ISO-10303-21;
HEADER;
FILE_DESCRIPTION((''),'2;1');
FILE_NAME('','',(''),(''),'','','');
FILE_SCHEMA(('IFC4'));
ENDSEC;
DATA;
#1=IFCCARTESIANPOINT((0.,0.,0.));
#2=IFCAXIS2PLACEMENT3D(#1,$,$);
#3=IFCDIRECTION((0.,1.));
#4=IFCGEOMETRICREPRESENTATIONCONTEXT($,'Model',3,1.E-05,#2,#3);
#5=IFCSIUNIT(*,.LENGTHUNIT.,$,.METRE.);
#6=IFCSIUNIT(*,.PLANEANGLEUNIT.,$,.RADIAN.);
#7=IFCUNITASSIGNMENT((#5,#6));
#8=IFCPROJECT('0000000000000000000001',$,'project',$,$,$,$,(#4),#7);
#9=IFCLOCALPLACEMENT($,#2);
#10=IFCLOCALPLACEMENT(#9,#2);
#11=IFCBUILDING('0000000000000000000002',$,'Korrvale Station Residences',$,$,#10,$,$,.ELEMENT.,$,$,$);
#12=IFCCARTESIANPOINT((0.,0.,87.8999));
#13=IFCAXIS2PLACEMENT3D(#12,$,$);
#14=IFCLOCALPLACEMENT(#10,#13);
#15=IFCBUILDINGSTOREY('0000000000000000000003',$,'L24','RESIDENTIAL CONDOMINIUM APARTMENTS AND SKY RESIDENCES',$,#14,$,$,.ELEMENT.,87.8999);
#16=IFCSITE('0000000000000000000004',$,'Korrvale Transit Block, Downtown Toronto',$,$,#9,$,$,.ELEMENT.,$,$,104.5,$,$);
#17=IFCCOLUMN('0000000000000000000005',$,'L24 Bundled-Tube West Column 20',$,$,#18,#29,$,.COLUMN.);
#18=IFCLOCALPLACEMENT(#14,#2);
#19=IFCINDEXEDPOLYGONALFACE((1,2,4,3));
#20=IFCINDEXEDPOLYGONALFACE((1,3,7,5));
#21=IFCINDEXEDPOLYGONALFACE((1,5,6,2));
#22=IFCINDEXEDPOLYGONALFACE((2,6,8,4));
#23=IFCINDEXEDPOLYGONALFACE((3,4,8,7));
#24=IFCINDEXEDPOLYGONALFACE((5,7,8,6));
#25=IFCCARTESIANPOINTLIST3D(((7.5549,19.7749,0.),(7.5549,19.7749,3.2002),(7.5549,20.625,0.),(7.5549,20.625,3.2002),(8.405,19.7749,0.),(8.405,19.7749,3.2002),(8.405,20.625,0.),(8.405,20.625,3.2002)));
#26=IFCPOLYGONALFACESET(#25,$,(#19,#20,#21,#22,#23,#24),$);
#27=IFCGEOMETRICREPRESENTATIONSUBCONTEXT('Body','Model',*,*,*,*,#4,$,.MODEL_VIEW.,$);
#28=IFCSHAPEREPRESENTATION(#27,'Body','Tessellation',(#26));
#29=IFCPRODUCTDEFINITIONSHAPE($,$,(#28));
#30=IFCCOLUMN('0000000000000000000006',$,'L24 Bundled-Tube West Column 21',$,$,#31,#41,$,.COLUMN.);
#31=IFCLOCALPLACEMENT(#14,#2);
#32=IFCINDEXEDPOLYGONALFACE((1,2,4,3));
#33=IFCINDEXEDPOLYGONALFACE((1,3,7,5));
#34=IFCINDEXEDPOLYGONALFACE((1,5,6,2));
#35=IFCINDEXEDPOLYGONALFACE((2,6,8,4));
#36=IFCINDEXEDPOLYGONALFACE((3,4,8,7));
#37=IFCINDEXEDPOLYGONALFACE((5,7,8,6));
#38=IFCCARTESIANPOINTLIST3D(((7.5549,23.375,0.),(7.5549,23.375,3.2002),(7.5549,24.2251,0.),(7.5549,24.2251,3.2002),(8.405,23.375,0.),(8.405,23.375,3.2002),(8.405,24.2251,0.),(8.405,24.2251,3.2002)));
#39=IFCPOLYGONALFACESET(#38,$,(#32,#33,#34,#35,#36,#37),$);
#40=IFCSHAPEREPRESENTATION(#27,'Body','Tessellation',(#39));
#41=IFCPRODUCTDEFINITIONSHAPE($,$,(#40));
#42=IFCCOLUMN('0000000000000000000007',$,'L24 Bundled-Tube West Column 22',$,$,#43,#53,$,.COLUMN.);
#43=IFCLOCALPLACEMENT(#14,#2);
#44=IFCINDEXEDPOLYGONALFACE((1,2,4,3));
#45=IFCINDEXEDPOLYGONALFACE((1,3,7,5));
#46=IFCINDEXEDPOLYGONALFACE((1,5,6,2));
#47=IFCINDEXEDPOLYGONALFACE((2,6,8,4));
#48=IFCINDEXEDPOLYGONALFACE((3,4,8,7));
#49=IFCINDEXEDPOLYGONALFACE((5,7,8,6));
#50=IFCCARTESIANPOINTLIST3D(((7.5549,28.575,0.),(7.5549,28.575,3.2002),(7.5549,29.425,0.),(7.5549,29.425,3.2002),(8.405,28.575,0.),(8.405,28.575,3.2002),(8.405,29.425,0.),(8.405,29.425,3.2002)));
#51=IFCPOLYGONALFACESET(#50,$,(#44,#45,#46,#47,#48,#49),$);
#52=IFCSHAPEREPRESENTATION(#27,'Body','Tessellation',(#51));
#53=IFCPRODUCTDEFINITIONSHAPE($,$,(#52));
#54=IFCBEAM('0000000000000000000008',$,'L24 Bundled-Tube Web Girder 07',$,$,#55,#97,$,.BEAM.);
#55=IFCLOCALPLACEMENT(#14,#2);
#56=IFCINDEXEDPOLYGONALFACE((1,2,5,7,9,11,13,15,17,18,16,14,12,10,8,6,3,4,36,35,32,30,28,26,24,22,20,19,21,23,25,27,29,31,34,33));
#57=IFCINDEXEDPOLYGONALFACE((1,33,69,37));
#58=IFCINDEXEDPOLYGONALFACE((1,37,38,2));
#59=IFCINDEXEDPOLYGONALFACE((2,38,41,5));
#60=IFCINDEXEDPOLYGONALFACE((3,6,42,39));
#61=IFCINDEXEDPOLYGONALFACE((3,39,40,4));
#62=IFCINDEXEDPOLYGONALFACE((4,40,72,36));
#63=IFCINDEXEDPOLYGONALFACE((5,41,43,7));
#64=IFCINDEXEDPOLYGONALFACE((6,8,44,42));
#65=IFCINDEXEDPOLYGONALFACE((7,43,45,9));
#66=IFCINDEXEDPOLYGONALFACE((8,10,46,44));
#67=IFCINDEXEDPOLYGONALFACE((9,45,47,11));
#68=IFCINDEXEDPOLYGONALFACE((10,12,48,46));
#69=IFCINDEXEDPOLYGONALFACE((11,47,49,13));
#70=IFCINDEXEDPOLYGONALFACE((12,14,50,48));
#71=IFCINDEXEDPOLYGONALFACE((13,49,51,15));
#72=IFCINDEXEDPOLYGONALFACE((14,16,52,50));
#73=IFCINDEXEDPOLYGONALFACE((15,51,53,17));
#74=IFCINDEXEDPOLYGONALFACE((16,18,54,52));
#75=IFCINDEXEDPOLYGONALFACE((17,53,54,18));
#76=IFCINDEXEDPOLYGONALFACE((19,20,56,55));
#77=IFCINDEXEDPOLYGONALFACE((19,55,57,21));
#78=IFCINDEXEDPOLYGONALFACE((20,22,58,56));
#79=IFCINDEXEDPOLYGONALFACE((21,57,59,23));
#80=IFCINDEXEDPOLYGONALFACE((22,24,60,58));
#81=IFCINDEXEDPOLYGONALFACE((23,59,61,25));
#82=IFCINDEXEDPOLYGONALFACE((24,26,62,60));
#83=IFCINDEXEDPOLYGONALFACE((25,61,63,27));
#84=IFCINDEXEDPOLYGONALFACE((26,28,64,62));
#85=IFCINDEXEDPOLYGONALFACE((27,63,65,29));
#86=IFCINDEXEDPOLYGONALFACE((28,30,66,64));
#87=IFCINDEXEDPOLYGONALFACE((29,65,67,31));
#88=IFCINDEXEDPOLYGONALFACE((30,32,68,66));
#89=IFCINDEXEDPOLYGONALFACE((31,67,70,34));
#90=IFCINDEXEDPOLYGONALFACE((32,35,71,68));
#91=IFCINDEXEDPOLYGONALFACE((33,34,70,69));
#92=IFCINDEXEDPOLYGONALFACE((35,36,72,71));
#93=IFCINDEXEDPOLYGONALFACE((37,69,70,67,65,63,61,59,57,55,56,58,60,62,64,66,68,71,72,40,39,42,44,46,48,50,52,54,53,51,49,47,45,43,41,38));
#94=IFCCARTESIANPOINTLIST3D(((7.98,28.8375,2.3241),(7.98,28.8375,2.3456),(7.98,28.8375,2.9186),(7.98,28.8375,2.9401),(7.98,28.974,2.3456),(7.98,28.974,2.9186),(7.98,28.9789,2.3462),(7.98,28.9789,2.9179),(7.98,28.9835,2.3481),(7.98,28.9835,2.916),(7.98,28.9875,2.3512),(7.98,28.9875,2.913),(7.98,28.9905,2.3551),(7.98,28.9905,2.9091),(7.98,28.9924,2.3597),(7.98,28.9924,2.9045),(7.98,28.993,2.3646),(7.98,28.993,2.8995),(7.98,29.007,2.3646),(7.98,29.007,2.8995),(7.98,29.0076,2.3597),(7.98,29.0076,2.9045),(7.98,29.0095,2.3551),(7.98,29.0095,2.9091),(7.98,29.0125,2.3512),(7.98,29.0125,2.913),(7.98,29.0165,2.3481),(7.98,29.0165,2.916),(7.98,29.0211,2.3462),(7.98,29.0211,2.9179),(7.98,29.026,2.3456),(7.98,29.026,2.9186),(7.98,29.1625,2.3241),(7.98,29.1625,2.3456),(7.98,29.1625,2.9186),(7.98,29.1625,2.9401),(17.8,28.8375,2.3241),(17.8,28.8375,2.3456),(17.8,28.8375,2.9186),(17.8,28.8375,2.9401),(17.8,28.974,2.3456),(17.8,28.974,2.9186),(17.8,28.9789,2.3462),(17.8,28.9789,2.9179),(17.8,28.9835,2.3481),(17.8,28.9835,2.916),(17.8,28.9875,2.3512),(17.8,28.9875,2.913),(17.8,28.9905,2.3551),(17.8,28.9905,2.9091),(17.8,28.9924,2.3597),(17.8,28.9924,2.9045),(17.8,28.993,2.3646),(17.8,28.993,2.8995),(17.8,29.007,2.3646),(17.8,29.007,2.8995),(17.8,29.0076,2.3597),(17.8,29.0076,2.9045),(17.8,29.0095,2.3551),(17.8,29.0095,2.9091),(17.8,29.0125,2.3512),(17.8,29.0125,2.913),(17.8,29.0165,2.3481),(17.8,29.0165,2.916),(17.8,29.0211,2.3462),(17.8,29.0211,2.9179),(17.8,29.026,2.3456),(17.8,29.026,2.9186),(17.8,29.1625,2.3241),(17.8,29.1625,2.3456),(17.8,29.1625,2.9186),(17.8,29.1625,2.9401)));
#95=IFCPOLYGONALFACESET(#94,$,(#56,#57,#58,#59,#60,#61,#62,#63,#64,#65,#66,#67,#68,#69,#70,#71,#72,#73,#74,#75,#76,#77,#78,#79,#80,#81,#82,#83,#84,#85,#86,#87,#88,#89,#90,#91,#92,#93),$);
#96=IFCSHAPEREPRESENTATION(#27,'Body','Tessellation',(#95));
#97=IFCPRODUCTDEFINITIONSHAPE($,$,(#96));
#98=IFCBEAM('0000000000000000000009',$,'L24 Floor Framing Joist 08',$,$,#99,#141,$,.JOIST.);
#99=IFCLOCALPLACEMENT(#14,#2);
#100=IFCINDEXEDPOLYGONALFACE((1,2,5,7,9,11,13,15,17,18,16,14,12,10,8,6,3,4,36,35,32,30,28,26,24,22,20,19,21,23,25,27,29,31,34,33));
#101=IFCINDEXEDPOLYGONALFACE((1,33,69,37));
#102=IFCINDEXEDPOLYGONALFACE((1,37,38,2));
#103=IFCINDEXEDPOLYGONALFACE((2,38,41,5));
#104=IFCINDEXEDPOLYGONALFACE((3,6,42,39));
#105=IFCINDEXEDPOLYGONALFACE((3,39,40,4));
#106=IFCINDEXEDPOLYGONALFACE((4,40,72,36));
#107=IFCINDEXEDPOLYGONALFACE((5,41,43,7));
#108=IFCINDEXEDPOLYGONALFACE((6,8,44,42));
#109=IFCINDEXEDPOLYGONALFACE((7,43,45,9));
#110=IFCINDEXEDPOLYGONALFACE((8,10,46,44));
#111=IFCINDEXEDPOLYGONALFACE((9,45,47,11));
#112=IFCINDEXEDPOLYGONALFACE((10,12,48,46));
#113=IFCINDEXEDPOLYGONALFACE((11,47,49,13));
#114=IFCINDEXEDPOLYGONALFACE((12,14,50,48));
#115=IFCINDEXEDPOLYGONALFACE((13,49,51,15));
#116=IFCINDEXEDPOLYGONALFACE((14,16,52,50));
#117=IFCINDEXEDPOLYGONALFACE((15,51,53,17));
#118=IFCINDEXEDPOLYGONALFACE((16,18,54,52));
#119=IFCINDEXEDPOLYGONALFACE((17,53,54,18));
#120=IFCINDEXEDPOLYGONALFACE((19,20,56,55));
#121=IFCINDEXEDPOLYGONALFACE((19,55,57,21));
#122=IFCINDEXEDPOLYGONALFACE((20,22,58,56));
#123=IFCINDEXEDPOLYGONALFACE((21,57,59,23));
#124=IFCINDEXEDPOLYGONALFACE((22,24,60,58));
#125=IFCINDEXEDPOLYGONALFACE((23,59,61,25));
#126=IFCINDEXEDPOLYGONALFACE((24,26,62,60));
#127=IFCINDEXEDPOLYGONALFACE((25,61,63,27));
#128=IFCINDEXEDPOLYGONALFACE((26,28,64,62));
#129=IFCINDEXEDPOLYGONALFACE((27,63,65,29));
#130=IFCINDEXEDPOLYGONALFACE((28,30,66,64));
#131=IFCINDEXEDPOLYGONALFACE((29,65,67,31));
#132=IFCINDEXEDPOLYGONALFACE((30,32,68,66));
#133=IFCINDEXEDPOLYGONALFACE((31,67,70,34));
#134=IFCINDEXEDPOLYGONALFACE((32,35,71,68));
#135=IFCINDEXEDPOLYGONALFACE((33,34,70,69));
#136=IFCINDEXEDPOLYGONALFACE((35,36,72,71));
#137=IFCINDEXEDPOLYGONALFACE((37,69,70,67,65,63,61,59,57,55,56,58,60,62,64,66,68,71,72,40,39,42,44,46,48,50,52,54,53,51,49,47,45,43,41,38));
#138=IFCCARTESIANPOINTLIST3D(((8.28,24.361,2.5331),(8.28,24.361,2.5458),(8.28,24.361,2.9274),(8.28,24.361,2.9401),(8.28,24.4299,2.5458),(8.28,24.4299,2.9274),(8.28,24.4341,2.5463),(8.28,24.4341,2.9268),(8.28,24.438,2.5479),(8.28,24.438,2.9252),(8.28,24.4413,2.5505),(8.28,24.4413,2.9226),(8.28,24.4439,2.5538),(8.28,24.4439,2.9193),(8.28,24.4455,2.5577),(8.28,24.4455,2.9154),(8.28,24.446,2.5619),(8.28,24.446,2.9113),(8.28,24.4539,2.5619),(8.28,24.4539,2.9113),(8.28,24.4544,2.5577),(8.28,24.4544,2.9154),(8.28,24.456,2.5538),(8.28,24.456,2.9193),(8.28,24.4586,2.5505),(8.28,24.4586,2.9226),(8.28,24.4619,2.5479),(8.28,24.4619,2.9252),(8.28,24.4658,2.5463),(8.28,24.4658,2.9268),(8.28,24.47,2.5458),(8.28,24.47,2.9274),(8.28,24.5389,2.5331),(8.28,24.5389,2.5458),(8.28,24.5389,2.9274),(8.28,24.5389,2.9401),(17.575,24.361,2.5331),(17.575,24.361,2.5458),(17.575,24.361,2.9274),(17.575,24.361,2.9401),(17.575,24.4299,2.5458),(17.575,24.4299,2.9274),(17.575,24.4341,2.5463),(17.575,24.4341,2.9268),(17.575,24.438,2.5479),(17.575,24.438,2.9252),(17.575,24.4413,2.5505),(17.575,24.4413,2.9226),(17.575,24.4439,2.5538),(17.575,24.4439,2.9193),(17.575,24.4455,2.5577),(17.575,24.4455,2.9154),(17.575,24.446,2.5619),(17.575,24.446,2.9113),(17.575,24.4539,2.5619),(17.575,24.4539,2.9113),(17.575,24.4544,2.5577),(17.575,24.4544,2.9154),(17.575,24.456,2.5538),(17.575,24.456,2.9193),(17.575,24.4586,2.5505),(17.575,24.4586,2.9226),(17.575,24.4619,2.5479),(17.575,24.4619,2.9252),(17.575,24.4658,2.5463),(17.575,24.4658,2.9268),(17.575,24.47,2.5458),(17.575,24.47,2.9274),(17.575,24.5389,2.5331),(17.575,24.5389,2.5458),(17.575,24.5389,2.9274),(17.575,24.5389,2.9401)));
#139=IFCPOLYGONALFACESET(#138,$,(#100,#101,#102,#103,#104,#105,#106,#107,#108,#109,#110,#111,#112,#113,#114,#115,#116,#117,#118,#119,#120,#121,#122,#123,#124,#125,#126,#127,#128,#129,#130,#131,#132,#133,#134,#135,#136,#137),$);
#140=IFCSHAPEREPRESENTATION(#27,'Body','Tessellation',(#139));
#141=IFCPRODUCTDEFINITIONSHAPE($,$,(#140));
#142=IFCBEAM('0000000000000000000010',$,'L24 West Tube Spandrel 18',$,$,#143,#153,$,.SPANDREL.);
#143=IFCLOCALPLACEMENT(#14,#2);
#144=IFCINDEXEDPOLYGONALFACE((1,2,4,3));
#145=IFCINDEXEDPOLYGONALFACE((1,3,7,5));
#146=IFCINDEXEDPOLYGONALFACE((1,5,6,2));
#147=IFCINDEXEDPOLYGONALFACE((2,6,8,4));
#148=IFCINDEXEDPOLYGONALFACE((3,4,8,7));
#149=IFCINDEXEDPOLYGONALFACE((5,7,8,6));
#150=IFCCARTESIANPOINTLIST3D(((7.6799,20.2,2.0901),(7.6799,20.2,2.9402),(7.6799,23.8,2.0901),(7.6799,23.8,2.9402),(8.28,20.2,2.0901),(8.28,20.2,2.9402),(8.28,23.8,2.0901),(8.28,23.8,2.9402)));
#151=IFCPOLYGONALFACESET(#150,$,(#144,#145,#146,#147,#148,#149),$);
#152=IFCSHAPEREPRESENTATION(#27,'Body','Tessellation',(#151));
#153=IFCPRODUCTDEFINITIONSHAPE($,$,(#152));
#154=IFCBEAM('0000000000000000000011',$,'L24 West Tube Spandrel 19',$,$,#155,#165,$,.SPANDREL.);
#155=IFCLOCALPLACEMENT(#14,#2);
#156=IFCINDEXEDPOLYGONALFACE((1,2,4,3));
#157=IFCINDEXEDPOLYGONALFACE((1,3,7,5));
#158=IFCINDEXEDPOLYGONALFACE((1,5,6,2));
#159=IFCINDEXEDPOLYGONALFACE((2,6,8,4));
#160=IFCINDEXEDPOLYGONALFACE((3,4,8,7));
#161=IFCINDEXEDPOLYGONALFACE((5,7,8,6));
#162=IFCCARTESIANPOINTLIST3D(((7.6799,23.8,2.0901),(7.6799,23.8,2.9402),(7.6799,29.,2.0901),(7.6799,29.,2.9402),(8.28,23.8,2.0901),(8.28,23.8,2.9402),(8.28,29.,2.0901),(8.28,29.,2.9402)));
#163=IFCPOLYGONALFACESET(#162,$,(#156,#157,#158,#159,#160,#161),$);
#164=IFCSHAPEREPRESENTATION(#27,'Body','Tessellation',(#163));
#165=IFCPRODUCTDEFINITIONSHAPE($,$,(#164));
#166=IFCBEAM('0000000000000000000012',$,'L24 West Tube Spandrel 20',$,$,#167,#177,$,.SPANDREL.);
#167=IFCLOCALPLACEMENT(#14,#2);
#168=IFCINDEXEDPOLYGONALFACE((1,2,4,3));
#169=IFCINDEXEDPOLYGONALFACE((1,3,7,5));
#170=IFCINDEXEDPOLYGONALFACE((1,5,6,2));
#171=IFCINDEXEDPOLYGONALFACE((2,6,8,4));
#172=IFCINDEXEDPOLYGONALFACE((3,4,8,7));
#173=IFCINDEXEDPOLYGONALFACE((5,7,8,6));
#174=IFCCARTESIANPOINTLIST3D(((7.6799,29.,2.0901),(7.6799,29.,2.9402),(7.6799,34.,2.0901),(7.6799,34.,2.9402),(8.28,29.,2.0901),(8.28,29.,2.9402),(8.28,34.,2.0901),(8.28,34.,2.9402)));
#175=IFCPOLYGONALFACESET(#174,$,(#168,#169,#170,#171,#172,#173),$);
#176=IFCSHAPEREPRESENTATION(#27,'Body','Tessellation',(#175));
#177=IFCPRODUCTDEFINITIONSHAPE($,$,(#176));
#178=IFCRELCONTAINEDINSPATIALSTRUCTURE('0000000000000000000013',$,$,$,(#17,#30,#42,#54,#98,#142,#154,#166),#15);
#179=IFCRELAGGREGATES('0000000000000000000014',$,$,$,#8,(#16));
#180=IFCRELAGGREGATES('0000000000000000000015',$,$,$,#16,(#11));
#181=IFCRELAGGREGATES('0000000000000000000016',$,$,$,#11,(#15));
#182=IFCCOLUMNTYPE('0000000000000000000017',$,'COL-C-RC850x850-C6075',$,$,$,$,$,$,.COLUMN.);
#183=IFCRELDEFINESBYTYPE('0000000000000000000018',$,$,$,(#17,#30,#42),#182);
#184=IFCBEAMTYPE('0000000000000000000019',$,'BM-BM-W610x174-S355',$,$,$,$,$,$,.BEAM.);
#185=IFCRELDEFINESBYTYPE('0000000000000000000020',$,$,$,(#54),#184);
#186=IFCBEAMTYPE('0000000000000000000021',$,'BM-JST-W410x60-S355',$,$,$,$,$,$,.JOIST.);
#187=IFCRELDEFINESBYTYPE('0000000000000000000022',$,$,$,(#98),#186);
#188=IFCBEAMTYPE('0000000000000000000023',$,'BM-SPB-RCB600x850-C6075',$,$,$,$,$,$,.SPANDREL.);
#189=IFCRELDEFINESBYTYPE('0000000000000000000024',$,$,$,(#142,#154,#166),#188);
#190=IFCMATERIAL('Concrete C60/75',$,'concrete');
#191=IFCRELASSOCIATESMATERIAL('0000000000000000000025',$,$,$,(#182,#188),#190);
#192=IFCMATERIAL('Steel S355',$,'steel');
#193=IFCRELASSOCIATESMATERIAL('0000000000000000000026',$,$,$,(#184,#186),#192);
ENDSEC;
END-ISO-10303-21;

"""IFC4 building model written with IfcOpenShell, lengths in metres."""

from ifc_helpers import new_model, si_unit, direction, frame, origin, origin_2d, place, context, subcontext, project, spatial, rectangle, i_section, extrude, material, material_profile, profile_set, type_object, element, save


model = new_model("IFC4")

# Units and contexts
model_context = context("Model", 3, precision=1e-05, world=origin(), true_north=direction((0.0, 1.0)))
body_context = subcontext(model_context, "Body", "Model", "MODEL_VIEW")
ifc_project = project(units=[si_unit("LENGTHUNIT", "METRE"), si_unit("PLANEANGLEUNIT", "RADIAN")], contexts=[model_context])

# Site, building, storey
site_placement = place(None, origin())
site = spatial("IfcSite", under=ifc_project, at=site_placement, Name="Korrvale Transit Block, Downtown Toronto", CompositionType="ELEMENT", RefElevation=104.5)
building_placement = place(site_placement, origin())
building = spatial("IfcBuilding", under=site, at=building_placement, Name="Korrvale Station Residences", CompositionType="ELEMENT")
storey_placement = place(building_placement, frame((0.0, 0.0, 87.8999)))
storey = spatial("IfcBuildingStorey", under=building, at=storey_placement, Name="L24", Description="RESIDENTIAL CONDOMINIUM APARTMENTS AND SKY RESIDENCES", CompositionType="ELEMENT", Elevation=87.8999)

# Columns
ifc_material_1 = material(Name="Concrete C60/75", Category="concrete")
ifc_material_profile_1 = material_profile(ifc_material_1, rectangle(XDim=0.8501, YDim=0.8501, at=origin_2d()), Name="RC850x850")
ifc_profile_set_1 = profile_set([ifc_material_profile_1], Name="Concrete C60/75")
column_type = type_object("IfcColumnType", Name="COL-C-RC850x850-C6075", PredefinedType="COLUMN", material=ifc_profile_set_1)
for number, where, z_axis, x_axis, name in (
    (1, (7.98, 20.2, 0.0), (0.0, 0.0, 1.0), (1.0, 0.0, 0.0), "L24 Bundled-Tube West Column 20"),
    (2, (7.98, 23.8, 0.0), (0.0, 0.0, 1.0), (1.0, 0.0, 0.0), "L24 Bundled-Tube West Column 21"),
    (3, (7.98, 29.0, 0.0), (0.0, 0.0, 1.0), (1.0, 0.0, 0.0), "L24 Bundled-Tube West Column 22"),
):
    element("IfcColumn", number, at=place(storey_placement, frame(where, z_axis=z_axis, x_axis=x_axis)), inside=storey, type_object=column_type, Name=name, PredefinedType="COLUMN", context=body_context, shape_type="SweptSolid", body=[
        extrude(rectangle(XDim=0.8501, YDim=0.8501, at=origin_2d()), origin(), (0.0, 0.0, 1.0), 3.2002),
    ])

# Beams
ifc_material_2 = material(Name="Steel S355", Category="steel")
ifc_material_profile_2 = material_profile(ifc_material_2, i_section(OverallWidth=0.325, OverallDepth=0.616, WebThickness=0.0139, FlangeThickness=0.0215, FilletRadius=0.019, at=origin_2d()), Name="W610x174")
ifc_profile_set_2 = profile_set([ifc_material_profile_2], Name="Steel S355")
beam_type_1 = type_object("IfcBeamType", Name="BM-BM-W610x174-S355", PredefinedType="BEAM", material=ifc_profile_set_2)
beam_1_placement = place(storey_placement, frame((7.98, 29.0, 2.6321), z_axis=(1.0, 0.0, 0.0), x_axis=(0.0, 1.0, 0.0)))
element("IfcBeam", 4, at=beam_1_placement, inside=storey, type_object=beam_type_1, Name="L24 Bundled-Tube Web Girder 07", PredefinedType="BEAM", context=body_context, shape_type="SweptSolid", body=[
    extrude(i_section(OverallWidth=0.325, OverallDepth=0.616, WebThickness=0.0139, FlangeThickness=0.0215, FilletRadius=0.019, at=origin_2d()), origin(), (0.0, 0.0, 1.0), 9.8201),
])
ifc_material_profile_3 = material_profile(ifc_material_2, i_section(OverallWidth=0.178, OverallDepth=0.407, WebThickness=0.0078, FlangeThickness=0.0127, FilletRadius=0.0161, at=origin_2d()), Name="W410x60")
ifc_profile_set_3 = profile_set([ifc_material_profile_3], Name="Steel S355")
beam_type_2 = type_object("IfcBeamType", Name="BM-JST-W410x60-S355", PredefinedType="JOIST", material=ifc_profile_set_3)
beam_2_placement = place(storey_placement, frame((8.28, 24.45, 2.7366), z_axis=(1.0, 0.0, 0.0), x_axis=(0.0, 1.0, 0.0)))
element("IfcBeam", 5, at=beam_2_placement, inside=storey, type_object=beam_type_2, Name="L24 Floor Framing Joist 08", PredefinedType="JOIST", context=body_context, shape_type="SweptSolid", body=[
    extrude(i_section(OverallWidth=0.178, OverallDepth=0.407, WebThickness=0.0078, FlangeThickness=0.0127, FilletRadius=0.0161, at=origin_2d()), origin(), (0.0, 0.0, 1.0), 9.2949),
])
ifc_material_profile_4 = material_profile(ifc_material_1, rectangle(XDim=0.6001, YDim=0.8501, at=origin_2d()), Name="RCB600x850")
ifc_profile_set_4 = profile_set([ifc_material_profile_4], Name="Concrete C60/75")
beam_type_3 = type_object("IfcBeamType", Name="BM-SPB-RCB600x850-C6075", PredefinedType="SPANDREL", material=ifc_profile_set_4)
beam_3_placement = place(storey_placement, frame((7.98, 20.2, 2.5151), z_axis=(0.0, 1.0, 0.0), x_axis=(-1.0, 0.0, 0.0)))
element("IfcBeam", 6, at=beam_3_placement, inside=storey, type_object=beam_type_3, Name="L24 West Tube Spandrel 18", PredefinedType="SPANDREL", context=body_context, shape_type="SweptSolid", body=[
    extrude(rectangle(XDim=0.6001, YDim=0.8501, at=origin_2d()), origin(), (0.0, 0.0, 1.0), 3.6001),
])
beam_4_placement = place(storey_placement, frame((7.98, 23.8, 2.5151), z_axis=(0.0, 1.0, 0.0), x_axis=(-1.0, 0.0, 0.0)))
element("IfcBeam", 7, at=beam_4_placement, inside=storey, type_object=beam_type_3, Name="L24 West Tube Spandrel 19", PredefinedType="SPANDREL", context=body_context, shape_type="SweptSolid", body=[
    extrude(rectangle(XDim=0.6001, YDim=0.8501, at=origin_2d()), origin(), (0.0, 0.0, 1.0), 5.2),
])
beam_5_placement = place(storey_placement, frame((7.98, 29.0, 2.5151), z_axis=(0.0, 1.0, 0.0), x_axis=(-1.0, 0.0, 0.0)))
element("IfcBeam", 8, at=beam_5_placement, inside=storey, type_object=beam_type_3, Name="L24 West Tube Spandrel 20", PredefinedType="SPANDREL", context=body_context, shape_type="SweptSolid", body=[
    extrude(rectangle(XDim=0.6001, YDim=0.8501, at=origin_2d()), origin(), (0.0, 0.0, 1.0), 5.0),
])

save(model, "model.ifc")
